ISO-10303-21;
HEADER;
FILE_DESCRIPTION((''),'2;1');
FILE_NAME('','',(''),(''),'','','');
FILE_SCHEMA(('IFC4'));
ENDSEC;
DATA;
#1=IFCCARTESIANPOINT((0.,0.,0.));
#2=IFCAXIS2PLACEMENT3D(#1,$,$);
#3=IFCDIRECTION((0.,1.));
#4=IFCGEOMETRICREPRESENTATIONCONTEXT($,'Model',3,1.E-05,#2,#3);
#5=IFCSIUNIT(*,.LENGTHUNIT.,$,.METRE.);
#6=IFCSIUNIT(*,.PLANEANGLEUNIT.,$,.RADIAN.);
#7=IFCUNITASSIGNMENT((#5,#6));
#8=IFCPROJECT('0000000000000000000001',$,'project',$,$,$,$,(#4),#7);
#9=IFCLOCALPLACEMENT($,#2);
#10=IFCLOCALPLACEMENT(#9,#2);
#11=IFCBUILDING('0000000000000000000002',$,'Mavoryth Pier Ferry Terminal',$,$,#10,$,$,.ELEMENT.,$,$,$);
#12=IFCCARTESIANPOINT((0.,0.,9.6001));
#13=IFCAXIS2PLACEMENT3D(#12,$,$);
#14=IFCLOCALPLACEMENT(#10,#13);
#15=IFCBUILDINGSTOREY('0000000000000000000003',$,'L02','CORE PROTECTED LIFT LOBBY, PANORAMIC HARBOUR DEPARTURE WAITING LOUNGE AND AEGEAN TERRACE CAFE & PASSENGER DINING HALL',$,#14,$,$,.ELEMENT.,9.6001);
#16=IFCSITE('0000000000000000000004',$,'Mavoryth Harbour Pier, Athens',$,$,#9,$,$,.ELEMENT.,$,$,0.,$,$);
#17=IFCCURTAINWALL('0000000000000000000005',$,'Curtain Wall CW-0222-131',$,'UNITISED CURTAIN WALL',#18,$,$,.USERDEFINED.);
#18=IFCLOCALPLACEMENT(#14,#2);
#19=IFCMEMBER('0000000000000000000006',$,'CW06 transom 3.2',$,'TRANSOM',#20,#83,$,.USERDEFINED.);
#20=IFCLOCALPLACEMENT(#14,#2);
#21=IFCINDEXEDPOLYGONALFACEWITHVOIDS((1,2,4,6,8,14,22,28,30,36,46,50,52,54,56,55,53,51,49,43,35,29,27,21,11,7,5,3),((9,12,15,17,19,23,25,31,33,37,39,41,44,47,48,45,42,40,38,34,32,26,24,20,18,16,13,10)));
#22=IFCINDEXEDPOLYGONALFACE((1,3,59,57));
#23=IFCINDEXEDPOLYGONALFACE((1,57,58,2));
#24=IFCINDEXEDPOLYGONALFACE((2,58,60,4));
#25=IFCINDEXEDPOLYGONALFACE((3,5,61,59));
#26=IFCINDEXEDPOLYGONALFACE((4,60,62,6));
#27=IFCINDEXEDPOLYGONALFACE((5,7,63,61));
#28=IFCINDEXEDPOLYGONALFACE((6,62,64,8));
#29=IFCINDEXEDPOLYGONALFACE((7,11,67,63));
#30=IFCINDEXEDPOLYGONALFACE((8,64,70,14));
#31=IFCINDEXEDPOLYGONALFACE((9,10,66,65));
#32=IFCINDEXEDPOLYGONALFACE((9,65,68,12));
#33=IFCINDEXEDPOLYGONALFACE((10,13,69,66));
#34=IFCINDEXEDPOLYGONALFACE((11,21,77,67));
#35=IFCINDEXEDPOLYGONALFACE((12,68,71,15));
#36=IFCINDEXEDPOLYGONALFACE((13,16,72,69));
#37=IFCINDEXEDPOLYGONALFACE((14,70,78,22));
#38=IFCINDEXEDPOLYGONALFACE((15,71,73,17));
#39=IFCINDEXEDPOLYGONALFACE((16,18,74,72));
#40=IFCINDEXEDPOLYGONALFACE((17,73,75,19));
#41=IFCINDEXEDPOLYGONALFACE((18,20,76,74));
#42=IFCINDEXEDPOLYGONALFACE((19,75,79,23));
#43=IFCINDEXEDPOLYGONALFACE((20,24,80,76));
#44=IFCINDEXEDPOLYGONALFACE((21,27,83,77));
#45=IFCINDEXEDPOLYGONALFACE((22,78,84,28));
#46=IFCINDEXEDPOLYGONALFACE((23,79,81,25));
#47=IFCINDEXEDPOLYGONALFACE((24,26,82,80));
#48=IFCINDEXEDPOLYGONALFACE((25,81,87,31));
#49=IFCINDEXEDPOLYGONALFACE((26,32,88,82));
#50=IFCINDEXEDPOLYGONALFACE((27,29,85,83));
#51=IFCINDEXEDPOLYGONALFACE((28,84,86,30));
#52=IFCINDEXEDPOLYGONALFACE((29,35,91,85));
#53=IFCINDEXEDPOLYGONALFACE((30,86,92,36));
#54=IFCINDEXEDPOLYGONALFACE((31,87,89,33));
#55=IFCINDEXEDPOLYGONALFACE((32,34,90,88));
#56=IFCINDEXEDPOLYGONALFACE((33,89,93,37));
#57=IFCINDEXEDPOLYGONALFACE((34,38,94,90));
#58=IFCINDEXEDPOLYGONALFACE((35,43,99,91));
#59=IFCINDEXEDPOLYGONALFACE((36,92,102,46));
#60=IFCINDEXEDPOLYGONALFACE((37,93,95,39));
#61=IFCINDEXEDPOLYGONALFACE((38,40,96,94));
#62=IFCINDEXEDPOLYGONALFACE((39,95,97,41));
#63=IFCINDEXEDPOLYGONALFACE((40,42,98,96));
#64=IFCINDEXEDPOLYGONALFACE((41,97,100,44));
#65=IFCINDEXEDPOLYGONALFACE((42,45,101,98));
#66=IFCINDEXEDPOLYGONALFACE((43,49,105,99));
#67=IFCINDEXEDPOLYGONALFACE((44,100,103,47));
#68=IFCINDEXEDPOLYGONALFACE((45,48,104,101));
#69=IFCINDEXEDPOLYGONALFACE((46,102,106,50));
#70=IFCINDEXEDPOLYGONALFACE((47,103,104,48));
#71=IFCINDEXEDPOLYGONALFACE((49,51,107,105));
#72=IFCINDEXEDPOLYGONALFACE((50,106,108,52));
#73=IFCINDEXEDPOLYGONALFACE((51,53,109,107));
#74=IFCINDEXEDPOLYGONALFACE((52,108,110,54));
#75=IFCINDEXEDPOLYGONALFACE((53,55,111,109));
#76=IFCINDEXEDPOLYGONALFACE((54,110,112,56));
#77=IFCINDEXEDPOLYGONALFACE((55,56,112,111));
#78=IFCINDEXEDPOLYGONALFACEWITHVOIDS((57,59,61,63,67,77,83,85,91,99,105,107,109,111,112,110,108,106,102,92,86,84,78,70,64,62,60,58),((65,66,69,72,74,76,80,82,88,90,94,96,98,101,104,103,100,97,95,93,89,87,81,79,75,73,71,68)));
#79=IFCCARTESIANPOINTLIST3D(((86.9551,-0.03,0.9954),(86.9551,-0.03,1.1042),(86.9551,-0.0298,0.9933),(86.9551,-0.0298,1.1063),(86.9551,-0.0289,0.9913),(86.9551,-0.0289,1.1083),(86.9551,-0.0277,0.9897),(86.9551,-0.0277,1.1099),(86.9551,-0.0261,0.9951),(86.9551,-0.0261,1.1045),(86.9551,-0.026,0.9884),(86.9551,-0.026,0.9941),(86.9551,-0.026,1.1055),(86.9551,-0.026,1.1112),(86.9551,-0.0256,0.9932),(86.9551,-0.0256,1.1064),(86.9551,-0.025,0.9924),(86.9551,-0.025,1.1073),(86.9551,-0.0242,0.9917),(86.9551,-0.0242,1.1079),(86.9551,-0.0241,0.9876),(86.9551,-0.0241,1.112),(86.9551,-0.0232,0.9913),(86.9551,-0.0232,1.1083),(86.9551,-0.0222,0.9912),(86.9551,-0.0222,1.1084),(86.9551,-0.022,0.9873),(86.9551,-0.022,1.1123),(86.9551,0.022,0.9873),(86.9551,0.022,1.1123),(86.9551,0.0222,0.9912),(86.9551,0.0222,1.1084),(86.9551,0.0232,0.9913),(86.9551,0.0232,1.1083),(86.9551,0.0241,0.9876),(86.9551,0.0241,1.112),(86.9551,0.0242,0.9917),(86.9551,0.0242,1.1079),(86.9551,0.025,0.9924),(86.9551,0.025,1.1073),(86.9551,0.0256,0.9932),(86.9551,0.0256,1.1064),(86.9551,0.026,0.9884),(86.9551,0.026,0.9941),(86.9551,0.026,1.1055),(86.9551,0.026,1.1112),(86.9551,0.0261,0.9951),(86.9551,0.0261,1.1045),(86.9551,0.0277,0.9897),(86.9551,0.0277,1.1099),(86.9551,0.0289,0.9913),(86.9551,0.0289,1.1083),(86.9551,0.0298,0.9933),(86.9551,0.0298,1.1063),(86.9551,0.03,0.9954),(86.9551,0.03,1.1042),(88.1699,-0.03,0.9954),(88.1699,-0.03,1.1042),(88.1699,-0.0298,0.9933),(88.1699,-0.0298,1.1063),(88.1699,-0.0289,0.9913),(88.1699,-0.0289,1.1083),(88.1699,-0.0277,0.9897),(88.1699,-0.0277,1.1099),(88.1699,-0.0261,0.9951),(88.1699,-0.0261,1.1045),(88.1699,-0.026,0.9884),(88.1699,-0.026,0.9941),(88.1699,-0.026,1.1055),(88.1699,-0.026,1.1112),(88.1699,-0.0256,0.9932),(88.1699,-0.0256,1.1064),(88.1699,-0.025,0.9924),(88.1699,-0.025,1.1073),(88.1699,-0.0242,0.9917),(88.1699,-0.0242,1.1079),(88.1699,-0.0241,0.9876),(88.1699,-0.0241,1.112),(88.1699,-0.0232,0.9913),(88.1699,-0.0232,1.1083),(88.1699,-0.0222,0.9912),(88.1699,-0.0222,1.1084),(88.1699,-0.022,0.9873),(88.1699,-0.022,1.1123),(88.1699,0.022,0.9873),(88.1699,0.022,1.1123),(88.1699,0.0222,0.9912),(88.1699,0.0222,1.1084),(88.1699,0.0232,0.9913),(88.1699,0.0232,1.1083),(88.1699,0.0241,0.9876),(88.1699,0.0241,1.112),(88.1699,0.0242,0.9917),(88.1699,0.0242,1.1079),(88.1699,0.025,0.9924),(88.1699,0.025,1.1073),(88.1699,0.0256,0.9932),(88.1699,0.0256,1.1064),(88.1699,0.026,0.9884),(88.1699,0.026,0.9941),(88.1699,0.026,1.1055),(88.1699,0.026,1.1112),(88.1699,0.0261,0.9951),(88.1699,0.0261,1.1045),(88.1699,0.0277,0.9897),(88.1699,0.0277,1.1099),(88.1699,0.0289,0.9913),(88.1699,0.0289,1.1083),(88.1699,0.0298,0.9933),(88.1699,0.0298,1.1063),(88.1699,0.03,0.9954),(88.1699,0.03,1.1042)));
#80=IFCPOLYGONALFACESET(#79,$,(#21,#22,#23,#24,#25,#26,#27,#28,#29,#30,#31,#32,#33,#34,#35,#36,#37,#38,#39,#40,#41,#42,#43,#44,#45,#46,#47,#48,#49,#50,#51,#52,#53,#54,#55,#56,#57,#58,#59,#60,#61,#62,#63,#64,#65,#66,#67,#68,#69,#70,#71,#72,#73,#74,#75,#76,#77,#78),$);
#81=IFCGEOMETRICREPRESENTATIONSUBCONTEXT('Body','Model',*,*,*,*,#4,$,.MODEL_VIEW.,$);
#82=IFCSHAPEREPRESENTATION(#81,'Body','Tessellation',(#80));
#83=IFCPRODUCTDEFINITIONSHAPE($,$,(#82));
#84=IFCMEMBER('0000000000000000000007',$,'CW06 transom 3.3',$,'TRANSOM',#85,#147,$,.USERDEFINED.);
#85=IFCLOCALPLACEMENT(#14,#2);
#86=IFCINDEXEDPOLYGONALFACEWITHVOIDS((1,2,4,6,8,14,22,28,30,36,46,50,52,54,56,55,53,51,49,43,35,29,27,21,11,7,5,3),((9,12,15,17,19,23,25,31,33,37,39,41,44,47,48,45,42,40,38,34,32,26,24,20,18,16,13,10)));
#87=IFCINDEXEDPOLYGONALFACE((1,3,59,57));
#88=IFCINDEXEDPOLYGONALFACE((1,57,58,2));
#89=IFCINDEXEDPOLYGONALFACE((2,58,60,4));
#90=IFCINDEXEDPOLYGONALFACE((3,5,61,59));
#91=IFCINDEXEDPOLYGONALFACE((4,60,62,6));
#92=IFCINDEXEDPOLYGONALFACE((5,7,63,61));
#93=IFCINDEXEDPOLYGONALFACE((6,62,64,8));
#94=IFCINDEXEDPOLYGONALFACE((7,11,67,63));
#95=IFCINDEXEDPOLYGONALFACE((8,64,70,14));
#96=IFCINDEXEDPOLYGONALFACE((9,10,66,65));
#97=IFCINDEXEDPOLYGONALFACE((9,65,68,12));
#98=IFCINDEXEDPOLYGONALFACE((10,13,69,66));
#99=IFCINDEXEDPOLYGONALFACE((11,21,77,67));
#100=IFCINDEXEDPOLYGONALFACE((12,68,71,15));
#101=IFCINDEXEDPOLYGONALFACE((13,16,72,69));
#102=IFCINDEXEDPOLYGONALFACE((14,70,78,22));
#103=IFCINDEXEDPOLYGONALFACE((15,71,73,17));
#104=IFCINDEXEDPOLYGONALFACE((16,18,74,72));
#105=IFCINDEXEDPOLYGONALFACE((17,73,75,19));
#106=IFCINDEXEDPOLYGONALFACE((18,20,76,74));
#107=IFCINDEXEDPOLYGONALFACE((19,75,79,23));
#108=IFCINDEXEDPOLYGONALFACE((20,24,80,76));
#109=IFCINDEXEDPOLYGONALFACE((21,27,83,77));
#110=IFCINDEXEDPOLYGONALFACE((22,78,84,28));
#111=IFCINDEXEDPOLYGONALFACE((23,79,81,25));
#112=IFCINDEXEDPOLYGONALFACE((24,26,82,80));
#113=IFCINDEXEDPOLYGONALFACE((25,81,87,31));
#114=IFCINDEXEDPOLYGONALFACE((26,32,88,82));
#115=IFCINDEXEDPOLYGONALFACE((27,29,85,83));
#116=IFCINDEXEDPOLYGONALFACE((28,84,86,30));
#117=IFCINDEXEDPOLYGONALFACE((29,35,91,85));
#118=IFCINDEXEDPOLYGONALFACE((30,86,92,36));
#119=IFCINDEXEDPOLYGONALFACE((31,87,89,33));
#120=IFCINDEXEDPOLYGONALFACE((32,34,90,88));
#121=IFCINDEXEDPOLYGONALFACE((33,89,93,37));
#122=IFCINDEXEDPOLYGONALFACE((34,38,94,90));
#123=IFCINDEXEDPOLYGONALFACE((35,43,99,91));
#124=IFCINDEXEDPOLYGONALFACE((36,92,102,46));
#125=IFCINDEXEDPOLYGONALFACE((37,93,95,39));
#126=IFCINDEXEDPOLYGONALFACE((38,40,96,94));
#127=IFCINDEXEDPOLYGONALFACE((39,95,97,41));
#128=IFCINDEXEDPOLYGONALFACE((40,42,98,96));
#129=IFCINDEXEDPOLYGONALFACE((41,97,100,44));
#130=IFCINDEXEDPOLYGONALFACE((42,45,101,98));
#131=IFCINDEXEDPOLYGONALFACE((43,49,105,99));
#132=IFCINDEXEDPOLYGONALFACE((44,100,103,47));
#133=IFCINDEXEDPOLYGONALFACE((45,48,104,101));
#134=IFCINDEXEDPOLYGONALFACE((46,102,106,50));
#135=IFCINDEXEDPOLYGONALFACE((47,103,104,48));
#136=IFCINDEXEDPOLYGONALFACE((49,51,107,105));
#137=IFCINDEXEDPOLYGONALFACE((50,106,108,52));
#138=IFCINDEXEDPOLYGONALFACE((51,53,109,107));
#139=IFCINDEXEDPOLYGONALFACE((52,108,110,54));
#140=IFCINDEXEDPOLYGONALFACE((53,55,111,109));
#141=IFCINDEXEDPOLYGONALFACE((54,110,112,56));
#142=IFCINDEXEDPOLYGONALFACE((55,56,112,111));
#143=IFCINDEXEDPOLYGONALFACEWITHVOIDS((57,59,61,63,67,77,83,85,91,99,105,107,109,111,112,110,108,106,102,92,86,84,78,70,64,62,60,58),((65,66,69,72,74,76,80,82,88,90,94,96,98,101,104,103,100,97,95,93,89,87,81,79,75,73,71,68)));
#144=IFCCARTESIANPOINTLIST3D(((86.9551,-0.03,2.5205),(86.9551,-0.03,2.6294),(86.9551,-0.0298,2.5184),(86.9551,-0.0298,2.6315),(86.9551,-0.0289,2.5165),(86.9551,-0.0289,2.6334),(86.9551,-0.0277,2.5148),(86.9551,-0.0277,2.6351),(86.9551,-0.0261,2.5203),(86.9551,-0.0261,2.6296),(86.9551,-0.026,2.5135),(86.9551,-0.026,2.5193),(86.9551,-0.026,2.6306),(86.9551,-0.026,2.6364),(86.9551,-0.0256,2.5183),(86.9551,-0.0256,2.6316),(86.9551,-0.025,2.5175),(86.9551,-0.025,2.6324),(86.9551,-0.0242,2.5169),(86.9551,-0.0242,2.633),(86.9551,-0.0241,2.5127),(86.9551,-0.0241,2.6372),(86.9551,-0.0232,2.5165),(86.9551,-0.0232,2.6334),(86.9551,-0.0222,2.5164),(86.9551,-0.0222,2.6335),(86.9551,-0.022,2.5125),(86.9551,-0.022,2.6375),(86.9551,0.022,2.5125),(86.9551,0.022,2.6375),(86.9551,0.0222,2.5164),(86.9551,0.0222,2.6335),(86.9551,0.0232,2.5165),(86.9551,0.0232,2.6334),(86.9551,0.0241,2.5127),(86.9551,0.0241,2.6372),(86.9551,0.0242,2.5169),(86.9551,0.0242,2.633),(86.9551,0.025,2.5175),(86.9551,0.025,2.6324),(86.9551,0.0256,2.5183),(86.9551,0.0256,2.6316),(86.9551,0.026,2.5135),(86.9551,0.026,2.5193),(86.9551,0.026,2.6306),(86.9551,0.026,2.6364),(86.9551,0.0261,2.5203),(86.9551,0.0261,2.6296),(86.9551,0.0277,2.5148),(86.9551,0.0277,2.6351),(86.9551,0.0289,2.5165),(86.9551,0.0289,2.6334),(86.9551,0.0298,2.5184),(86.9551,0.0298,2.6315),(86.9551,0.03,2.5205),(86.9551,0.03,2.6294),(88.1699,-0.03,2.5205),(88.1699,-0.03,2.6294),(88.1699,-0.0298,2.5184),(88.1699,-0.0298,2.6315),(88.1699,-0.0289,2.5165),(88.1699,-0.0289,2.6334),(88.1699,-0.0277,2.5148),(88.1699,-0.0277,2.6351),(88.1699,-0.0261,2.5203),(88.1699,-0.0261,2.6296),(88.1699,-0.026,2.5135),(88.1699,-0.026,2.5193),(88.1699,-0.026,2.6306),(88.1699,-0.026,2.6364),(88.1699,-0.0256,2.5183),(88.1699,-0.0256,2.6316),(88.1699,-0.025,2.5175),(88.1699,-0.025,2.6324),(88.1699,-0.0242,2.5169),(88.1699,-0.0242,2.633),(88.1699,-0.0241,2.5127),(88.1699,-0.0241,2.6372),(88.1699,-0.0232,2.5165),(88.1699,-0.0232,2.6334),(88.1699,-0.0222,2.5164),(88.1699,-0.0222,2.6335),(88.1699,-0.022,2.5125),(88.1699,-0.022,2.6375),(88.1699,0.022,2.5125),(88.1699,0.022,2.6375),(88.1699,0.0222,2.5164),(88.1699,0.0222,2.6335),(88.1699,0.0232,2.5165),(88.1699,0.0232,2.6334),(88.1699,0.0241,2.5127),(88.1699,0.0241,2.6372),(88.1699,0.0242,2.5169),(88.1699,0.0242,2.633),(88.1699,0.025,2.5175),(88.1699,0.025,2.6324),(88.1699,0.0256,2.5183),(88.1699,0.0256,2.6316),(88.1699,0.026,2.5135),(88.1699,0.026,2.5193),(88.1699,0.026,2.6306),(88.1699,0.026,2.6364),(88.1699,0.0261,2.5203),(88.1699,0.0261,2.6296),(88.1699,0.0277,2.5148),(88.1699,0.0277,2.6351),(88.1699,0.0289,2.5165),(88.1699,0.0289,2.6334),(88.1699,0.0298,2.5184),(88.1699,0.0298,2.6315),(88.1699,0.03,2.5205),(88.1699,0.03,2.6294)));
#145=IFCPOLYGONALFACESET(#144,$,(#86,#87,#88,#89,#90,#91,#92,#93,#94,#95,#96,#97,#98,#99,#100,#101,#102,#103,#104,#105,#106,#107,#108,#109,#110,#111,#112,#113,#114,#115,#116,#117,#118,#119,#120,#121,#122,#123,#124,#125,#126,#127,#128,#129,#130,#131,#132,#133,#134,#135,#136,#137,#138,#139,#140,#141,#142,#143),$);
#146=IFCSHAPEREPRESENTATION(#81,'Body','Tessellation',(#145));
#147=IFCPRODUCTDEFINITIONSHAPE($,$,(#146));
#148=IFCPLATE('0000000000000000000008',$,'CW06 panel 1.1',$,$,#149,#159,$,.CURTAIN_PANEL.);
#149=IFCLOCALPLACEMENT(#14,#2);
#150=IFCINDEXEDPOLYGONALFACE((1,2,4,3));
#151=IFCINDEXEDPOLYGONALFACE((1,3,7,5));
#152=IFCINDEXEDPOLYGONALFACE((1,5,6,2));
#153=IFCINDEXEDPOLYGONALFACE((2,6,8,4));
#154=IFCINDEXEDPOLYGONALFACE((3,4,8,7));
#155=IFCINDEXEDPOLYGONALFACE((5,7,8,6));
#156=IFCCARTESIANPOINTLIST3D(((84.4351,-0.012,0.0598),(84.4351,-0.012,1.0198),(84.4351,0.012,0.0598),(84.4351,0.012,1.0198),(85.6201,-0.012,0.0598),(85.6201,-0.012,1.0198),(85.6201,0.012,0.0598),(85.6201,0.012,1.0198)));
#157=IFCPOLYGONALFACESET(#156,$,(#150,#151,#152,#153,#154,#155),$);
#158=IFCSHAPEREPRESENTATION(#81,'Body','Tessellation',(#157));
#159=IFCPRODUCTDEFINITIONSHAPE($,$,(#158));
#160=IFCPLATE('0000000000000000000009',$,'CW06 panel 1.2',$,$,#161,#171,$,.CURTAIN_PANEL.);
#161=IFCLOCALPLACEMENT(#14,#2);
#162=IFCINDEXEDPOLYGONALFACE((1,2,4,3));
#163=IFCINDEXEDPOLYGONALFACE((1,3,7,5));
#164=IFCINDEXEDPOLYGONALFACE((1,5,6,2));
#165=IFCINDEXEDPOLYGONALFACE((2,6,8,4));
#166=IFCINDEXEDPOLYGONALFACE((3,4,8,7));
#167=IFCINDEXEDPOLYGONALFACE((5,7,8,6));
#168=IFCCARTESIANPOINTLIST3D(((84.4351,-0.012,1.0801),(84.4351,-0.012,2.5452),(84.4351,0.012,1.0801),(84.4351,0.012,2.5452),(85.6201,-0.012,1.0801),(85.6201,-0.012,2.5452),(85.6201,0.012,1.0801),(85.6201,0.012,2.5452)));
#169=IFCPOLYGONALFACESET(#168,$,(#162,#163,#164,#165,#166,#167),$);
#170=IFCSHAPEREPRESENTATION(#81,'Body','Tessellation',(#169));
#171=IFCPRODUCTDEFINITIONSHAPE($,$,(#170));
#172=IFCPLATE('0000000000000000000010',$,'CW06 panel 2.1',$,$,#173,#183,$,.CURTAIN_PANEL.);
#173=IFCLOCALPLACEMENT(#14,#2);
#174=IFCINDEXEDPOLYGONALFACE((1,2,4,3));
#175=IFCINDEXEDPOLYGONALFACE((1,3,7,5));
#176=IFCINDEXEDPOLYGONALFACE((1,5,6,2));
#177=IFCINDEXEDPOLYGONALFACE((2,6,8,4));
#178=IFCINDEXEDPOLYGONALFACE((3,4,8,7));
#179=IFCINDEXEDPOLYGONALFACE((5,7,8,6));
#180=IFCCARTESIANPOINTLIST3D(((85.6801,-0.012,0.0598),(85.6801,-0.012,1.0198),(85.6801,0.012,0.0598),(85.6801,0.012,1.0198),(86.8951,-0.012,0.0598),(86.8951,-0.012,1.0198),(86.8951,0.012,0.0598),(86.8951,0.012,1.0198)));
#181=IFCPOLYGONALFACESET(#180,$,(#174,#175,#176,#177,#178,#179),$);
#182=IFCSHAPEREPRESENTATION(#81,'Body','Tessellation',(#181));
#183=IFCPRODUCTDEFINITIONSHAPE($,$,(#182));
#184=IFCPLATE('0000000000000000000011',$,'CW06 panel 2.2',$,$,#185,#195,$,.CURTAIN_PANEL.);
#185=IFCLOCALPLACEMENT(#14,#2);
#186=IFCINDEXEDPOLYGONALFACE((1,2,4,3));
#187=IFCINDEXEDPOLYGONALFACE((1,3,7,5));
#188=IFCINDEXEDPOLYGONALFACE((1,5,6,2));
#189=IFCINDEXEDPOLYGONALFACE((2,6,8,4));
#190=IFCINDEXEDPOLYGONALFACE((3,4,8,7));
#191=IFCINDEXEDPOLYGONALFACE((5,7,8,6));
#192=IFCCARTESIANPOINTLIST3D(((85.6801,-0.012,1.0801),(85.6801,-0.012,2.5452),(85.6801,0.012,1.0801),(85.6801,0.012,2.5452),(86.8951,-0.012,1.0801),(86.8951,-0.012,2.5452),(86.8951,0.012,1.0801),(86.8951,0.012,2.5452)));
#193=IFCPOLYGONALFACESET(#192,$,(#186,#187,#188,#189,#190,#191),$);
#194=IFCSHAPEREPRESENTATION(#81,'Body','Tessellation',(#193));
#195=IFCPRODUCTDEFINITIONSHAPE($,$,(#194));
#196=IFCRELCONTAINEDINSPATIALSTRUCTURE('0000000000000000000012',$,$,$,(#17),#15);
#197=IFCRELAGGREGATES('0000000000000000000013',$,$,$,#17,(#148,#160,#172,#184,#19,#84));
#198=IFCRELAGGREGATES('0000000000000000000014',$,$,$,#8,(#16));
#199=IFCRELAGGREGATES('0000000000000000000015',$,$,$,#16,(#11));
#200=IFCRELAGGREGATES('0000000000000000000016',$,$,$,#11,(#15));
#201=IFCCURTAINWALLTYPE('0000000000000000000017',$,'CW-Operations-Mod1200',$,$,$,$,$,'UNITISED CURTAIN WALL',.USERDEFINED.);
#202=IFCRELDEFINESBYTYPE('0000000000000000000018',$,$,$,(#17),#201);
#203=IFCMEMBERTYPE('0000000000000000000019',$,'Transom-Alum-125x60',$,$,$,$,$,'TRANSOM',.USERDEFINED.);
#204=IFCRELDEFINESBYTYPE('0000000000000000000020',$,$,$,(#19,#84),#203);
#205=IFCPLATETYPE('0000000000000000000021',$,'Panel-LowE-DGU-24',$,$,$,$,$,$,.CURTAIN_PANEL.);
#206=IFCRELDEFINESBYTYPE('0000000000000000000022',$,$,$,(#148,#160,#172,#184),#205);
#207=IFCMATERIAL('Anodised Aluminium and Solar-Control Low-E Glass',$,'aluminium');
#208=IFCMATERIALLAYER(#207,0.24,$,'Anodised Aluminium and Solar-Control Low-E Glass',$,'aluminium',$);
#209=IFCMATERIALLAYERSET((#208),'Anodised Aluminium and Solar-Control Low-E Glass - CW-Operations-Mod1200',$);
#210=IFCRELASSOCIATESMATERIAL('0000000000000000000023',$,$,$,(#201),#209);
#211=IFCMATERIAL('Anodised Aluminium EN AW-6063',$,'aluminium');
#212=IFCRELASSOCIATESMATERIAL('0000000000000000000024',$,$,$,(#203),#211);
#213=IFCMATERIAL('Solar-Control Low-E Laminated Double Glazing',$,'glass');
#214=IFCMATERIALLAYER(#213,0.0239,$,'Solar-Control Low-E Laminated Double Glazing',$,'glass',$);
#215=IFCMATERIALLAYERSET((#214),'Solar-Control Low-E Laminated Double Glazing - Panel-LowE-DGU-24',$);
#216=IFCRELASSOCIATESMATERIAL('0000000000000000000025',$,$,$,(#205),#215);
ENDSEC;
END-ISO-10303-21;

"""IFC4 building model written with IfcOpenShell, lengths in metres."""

from ifc_helpers import new_model, si_unit, direction, frame, origin, origin_2d, place, context, subcontext, project, spatial, rectangle, hollow_rectangle, extrude, material, layer, layer_set, material_profile, profile_set, type_object, element, aggregate, save


model = new_model("IFC4")

# Units and contexts
model_context = context("Model", 3, precision=1e-05, world=origin(), true_north=direction((0.0, 1.0)))
body_context = subcontext(model_context, "Body", "Model", "MODEL_VIEW")
ifc_project = project(units=[si_unit("LENGTHUNIT", "METRE"), si_unit("PLANEANGLEUNIT", "RADIAN")], contexts=[model_context])

# Site, building, storey
site_placement = place(None, origin())
site = spatial("IfcSite", under=ifc_project, at=site_placement, Name="Mavoryth Harbour Pier, Athens", CompositionType="ELEMENT", RefElevation=0.0)
building_placement = place(site_placement, origin())
building = spatial("IfcBuilding", under=site, at=building_placement, Name="Mavoryth Pier Ferry Terminal", CompositionType="ELEMENT")
storey_placement = place(building_placement, frame((0.0, 0.0, 9.6001)))
storey = spatial("IfcBuildingStorey", under=building, at=storey_placement, Name="L02", Description="CORE PROTECTED LIFT LOBBY, PANORAMIC HARBOUR DEPARTURE WAITING LOUNGE AND AEGEAN TERRACE CAFE & PASSENGER DINING HALL", CompositionType="ELEMENT", Elevation=9.6001)

# Curtain wall
ifc_material_1 = material(Name="Anodised Aluminium and Solar-Control Low-E Glass", Category="aluminium")
ifc_layer_1 = layer(ifc_material_1, 0.24, Name="Anodised Aluminium and Solar-Control Low-E Glass", Category="aluminium")
ifc_layer_set_1 = layer_set([ifc_layer_1], Name="Anodised Aluminium and Solar-Control Low-E Glass - CW-Operations-Mod1200")
curtain_wall_type = type_object("IfcCurtainWallType", Name="CW-Operations-Mod1200", ElementType="UNITISED CURTAIN WALL", PredefinedType="USERDEFINED", material=ifc_layer_set_1)
curtain_wall_placement = place(storey_placement, origin())
curtain_wall = element("IfcCurtainWall", 1, at=curtain_wall_placement, inside=storey, type_object=curtain_wall_type, Name="Curtain Wall CW-0222-131", ObjectType="UNITISED CURTAIN WALL", PredefinedType="USERDEFINED")
ifc_material_2 = material(Name="Anodised Aluminium EN AW-6063", Category="aluminium")

# Members
ifc_material_profile_1 = material_profile(ifc_material_2, hollow_rectangle(XDim=0.0601, YDim=0.125, WallThickness=0.0039, InnerFilletRadius=0.0039, OuterFilletRadius=0.0081, at=origin_2d()), Name="AL-TRAN 125x60x4", Category="aluminium")
ifc_profile_set_1 = profile_set([ifc_material_profile_1], Name="Anodised Aluminium EN AW-6063 - AL-TRAN 125x60x4")
member_type_1 = type_object("IfcMemberType", Name="Transom-Alum-125x60", ElementType="TRANSOM", PredefinedType="USERDEFINED", material=ifc_profile_set_1)
member_1_placement = place(storey_placement, frame((86.9551, 0.0, 1.0498), z_axis=(1.0, 0.0, 0.0), x_axis=(0.0, 1.0, 0.0)))
member_1 = element("IfcMember", 2, at=member_1_placement, type_object=member_type_1, Name="CW06 transom 3.2", ObjectType="TRANSOM", PredefinedType="USERDEFINED", context=body_context, shape_type="SweptSolid", body=[
    extrude(hollow_rectangle(XDim=0.0601, YDim=0.125, WallThickness=0.0039, InnerFilletRadius=0.0039, OuterFilletRadius=0.0081, at=origin_2d()), origin(), (0.0, 0.0, 1.0), 1.2148),
])
member_2_placement = place(storey_placement, frame((86.9551, 0.0, 2.575), z_axis=(1.0, 0.0, 0.0), x_axis=(0.0, 1.0, 0.0)))
member_2 = element("IfcMember", 3, at=member_2_placement, type_object=member_type_1, Name="CW06 transom 3.3", ObjectType="TRANSOM", PredefinedType="USERDEFINED", context=body_context, shape_type="SweptSolid", body=[
    extrude(hollow_rectangle(XDim=0.0601, YDim=0.125, WallThickness=0.0039, InnerFilletRadius=0.0039, OuterFilletRadius=0.0081, at=origin_2d()), origin(), (0.0, 0.0, 1.0), 1.2148),
])

# Plates
ifc_material_3 = material(Name="Solar-Control Low-E Laminated Double Glazing", Category="glass")
ifc_layer_2 = layer(ifc_material_3, 0.0239, Name="Solar-Control Low-E Laminated Double Glazing", Category="glass")
ifc_layer_set_2 = layer_set([ifc_layer_2], Name="Solar-Control Low-E Laminated Double Glazing - Panel-LowE-DGU-24")
plate_type = type_object("IfcPlateType", Name="Panel-LowE-DGU-24", PredefinedType="CURTAIN_PANEL", material=ifc_layer_set_2)
plate_1_placement = place(storey_placement, frame((85.0276, 0.0, 0.0598), z_axis=(0.0, 0.0, 1.0), x_axis=(1.0, 0.0, 0.0)))
plate_1 = element("IfcPlate", 4, at=plate_1_placement, type_object=plate_type, Name="CW06 panel 1.1", PredefinedType="CURTAIN_PANEL", context=body_context, shape_type="SweptSolid", body=[
    extrude(rectangle(XDim=1.1851, YDim=0.0239, at=origin_2d()), origin(), (0.0, 0.0, 1.0), 0.96),
])
plate_2_placement = place(storey_placement, frame((85.0276, 0.0, 1.0801), z_axis=(0.0, 0.0, 1.0), x_axis=(1.0, 0.0, 0.0)))
plate_2 = element("IfcPlate", 5, at=plate_2_placement, type_object=plate_type, Name="CW06 panel 1.2", PredefinedType="CURTAIN_PANEL", context=body_context, shape_type="SweptSolid", body=[
    extrude(rectangle(XDim=1.1851, YDim=0.0239, at=origin_2d()), origin(), (0.0, 0.0, 1.0), 1.4651),
])
plate_3_placement = place(storey_placement, frame((86.2876, 0.0, 0.0598), z_axis=(0.0, 0.0, 1.0), x_axis=(1.0, 0.0, 0.0)))
plate_3 = element("IfcPlate", 6, at=plate_3_placement, type_object=plate_type, Name="CW06 panel 2.1", PredefinedType="CURTAIN_PANEL", context=body_context, shape_type="SweptSolid", body=[
    extrude(rectangle(XDim=1.2151, YDim=0.0239, at=origin_2d()), origin(), (0.0, 0.0, 1.0), 0.96),
])
plate_4_placement = place(storey_placement, frame((86.2876, 0.0, 1.0801), z_axis=(0.0, 0.0, 1.0), x_axis=(1.0, 0.0, 0.0)))
plate_4 = element("IfcPlate", 7, at=plate_4_placement, type_object=plate_type, Name="CW06 panel 2.2", PredefinedType="CURTAIN_PANEL", context=body_context, shape_type="SweptSolid", body=[
    extrude(rectangle(XDim=1.2151, YDim=0.0239, at=origin_2d()), origin(), (0.0, 0.0, 1.0), 1.4651),
])
aggregate(curtain_wall, [plate_1, plate_2, plate_3, plate_4, member_1, member_2])

save(model, "model.ifc")
